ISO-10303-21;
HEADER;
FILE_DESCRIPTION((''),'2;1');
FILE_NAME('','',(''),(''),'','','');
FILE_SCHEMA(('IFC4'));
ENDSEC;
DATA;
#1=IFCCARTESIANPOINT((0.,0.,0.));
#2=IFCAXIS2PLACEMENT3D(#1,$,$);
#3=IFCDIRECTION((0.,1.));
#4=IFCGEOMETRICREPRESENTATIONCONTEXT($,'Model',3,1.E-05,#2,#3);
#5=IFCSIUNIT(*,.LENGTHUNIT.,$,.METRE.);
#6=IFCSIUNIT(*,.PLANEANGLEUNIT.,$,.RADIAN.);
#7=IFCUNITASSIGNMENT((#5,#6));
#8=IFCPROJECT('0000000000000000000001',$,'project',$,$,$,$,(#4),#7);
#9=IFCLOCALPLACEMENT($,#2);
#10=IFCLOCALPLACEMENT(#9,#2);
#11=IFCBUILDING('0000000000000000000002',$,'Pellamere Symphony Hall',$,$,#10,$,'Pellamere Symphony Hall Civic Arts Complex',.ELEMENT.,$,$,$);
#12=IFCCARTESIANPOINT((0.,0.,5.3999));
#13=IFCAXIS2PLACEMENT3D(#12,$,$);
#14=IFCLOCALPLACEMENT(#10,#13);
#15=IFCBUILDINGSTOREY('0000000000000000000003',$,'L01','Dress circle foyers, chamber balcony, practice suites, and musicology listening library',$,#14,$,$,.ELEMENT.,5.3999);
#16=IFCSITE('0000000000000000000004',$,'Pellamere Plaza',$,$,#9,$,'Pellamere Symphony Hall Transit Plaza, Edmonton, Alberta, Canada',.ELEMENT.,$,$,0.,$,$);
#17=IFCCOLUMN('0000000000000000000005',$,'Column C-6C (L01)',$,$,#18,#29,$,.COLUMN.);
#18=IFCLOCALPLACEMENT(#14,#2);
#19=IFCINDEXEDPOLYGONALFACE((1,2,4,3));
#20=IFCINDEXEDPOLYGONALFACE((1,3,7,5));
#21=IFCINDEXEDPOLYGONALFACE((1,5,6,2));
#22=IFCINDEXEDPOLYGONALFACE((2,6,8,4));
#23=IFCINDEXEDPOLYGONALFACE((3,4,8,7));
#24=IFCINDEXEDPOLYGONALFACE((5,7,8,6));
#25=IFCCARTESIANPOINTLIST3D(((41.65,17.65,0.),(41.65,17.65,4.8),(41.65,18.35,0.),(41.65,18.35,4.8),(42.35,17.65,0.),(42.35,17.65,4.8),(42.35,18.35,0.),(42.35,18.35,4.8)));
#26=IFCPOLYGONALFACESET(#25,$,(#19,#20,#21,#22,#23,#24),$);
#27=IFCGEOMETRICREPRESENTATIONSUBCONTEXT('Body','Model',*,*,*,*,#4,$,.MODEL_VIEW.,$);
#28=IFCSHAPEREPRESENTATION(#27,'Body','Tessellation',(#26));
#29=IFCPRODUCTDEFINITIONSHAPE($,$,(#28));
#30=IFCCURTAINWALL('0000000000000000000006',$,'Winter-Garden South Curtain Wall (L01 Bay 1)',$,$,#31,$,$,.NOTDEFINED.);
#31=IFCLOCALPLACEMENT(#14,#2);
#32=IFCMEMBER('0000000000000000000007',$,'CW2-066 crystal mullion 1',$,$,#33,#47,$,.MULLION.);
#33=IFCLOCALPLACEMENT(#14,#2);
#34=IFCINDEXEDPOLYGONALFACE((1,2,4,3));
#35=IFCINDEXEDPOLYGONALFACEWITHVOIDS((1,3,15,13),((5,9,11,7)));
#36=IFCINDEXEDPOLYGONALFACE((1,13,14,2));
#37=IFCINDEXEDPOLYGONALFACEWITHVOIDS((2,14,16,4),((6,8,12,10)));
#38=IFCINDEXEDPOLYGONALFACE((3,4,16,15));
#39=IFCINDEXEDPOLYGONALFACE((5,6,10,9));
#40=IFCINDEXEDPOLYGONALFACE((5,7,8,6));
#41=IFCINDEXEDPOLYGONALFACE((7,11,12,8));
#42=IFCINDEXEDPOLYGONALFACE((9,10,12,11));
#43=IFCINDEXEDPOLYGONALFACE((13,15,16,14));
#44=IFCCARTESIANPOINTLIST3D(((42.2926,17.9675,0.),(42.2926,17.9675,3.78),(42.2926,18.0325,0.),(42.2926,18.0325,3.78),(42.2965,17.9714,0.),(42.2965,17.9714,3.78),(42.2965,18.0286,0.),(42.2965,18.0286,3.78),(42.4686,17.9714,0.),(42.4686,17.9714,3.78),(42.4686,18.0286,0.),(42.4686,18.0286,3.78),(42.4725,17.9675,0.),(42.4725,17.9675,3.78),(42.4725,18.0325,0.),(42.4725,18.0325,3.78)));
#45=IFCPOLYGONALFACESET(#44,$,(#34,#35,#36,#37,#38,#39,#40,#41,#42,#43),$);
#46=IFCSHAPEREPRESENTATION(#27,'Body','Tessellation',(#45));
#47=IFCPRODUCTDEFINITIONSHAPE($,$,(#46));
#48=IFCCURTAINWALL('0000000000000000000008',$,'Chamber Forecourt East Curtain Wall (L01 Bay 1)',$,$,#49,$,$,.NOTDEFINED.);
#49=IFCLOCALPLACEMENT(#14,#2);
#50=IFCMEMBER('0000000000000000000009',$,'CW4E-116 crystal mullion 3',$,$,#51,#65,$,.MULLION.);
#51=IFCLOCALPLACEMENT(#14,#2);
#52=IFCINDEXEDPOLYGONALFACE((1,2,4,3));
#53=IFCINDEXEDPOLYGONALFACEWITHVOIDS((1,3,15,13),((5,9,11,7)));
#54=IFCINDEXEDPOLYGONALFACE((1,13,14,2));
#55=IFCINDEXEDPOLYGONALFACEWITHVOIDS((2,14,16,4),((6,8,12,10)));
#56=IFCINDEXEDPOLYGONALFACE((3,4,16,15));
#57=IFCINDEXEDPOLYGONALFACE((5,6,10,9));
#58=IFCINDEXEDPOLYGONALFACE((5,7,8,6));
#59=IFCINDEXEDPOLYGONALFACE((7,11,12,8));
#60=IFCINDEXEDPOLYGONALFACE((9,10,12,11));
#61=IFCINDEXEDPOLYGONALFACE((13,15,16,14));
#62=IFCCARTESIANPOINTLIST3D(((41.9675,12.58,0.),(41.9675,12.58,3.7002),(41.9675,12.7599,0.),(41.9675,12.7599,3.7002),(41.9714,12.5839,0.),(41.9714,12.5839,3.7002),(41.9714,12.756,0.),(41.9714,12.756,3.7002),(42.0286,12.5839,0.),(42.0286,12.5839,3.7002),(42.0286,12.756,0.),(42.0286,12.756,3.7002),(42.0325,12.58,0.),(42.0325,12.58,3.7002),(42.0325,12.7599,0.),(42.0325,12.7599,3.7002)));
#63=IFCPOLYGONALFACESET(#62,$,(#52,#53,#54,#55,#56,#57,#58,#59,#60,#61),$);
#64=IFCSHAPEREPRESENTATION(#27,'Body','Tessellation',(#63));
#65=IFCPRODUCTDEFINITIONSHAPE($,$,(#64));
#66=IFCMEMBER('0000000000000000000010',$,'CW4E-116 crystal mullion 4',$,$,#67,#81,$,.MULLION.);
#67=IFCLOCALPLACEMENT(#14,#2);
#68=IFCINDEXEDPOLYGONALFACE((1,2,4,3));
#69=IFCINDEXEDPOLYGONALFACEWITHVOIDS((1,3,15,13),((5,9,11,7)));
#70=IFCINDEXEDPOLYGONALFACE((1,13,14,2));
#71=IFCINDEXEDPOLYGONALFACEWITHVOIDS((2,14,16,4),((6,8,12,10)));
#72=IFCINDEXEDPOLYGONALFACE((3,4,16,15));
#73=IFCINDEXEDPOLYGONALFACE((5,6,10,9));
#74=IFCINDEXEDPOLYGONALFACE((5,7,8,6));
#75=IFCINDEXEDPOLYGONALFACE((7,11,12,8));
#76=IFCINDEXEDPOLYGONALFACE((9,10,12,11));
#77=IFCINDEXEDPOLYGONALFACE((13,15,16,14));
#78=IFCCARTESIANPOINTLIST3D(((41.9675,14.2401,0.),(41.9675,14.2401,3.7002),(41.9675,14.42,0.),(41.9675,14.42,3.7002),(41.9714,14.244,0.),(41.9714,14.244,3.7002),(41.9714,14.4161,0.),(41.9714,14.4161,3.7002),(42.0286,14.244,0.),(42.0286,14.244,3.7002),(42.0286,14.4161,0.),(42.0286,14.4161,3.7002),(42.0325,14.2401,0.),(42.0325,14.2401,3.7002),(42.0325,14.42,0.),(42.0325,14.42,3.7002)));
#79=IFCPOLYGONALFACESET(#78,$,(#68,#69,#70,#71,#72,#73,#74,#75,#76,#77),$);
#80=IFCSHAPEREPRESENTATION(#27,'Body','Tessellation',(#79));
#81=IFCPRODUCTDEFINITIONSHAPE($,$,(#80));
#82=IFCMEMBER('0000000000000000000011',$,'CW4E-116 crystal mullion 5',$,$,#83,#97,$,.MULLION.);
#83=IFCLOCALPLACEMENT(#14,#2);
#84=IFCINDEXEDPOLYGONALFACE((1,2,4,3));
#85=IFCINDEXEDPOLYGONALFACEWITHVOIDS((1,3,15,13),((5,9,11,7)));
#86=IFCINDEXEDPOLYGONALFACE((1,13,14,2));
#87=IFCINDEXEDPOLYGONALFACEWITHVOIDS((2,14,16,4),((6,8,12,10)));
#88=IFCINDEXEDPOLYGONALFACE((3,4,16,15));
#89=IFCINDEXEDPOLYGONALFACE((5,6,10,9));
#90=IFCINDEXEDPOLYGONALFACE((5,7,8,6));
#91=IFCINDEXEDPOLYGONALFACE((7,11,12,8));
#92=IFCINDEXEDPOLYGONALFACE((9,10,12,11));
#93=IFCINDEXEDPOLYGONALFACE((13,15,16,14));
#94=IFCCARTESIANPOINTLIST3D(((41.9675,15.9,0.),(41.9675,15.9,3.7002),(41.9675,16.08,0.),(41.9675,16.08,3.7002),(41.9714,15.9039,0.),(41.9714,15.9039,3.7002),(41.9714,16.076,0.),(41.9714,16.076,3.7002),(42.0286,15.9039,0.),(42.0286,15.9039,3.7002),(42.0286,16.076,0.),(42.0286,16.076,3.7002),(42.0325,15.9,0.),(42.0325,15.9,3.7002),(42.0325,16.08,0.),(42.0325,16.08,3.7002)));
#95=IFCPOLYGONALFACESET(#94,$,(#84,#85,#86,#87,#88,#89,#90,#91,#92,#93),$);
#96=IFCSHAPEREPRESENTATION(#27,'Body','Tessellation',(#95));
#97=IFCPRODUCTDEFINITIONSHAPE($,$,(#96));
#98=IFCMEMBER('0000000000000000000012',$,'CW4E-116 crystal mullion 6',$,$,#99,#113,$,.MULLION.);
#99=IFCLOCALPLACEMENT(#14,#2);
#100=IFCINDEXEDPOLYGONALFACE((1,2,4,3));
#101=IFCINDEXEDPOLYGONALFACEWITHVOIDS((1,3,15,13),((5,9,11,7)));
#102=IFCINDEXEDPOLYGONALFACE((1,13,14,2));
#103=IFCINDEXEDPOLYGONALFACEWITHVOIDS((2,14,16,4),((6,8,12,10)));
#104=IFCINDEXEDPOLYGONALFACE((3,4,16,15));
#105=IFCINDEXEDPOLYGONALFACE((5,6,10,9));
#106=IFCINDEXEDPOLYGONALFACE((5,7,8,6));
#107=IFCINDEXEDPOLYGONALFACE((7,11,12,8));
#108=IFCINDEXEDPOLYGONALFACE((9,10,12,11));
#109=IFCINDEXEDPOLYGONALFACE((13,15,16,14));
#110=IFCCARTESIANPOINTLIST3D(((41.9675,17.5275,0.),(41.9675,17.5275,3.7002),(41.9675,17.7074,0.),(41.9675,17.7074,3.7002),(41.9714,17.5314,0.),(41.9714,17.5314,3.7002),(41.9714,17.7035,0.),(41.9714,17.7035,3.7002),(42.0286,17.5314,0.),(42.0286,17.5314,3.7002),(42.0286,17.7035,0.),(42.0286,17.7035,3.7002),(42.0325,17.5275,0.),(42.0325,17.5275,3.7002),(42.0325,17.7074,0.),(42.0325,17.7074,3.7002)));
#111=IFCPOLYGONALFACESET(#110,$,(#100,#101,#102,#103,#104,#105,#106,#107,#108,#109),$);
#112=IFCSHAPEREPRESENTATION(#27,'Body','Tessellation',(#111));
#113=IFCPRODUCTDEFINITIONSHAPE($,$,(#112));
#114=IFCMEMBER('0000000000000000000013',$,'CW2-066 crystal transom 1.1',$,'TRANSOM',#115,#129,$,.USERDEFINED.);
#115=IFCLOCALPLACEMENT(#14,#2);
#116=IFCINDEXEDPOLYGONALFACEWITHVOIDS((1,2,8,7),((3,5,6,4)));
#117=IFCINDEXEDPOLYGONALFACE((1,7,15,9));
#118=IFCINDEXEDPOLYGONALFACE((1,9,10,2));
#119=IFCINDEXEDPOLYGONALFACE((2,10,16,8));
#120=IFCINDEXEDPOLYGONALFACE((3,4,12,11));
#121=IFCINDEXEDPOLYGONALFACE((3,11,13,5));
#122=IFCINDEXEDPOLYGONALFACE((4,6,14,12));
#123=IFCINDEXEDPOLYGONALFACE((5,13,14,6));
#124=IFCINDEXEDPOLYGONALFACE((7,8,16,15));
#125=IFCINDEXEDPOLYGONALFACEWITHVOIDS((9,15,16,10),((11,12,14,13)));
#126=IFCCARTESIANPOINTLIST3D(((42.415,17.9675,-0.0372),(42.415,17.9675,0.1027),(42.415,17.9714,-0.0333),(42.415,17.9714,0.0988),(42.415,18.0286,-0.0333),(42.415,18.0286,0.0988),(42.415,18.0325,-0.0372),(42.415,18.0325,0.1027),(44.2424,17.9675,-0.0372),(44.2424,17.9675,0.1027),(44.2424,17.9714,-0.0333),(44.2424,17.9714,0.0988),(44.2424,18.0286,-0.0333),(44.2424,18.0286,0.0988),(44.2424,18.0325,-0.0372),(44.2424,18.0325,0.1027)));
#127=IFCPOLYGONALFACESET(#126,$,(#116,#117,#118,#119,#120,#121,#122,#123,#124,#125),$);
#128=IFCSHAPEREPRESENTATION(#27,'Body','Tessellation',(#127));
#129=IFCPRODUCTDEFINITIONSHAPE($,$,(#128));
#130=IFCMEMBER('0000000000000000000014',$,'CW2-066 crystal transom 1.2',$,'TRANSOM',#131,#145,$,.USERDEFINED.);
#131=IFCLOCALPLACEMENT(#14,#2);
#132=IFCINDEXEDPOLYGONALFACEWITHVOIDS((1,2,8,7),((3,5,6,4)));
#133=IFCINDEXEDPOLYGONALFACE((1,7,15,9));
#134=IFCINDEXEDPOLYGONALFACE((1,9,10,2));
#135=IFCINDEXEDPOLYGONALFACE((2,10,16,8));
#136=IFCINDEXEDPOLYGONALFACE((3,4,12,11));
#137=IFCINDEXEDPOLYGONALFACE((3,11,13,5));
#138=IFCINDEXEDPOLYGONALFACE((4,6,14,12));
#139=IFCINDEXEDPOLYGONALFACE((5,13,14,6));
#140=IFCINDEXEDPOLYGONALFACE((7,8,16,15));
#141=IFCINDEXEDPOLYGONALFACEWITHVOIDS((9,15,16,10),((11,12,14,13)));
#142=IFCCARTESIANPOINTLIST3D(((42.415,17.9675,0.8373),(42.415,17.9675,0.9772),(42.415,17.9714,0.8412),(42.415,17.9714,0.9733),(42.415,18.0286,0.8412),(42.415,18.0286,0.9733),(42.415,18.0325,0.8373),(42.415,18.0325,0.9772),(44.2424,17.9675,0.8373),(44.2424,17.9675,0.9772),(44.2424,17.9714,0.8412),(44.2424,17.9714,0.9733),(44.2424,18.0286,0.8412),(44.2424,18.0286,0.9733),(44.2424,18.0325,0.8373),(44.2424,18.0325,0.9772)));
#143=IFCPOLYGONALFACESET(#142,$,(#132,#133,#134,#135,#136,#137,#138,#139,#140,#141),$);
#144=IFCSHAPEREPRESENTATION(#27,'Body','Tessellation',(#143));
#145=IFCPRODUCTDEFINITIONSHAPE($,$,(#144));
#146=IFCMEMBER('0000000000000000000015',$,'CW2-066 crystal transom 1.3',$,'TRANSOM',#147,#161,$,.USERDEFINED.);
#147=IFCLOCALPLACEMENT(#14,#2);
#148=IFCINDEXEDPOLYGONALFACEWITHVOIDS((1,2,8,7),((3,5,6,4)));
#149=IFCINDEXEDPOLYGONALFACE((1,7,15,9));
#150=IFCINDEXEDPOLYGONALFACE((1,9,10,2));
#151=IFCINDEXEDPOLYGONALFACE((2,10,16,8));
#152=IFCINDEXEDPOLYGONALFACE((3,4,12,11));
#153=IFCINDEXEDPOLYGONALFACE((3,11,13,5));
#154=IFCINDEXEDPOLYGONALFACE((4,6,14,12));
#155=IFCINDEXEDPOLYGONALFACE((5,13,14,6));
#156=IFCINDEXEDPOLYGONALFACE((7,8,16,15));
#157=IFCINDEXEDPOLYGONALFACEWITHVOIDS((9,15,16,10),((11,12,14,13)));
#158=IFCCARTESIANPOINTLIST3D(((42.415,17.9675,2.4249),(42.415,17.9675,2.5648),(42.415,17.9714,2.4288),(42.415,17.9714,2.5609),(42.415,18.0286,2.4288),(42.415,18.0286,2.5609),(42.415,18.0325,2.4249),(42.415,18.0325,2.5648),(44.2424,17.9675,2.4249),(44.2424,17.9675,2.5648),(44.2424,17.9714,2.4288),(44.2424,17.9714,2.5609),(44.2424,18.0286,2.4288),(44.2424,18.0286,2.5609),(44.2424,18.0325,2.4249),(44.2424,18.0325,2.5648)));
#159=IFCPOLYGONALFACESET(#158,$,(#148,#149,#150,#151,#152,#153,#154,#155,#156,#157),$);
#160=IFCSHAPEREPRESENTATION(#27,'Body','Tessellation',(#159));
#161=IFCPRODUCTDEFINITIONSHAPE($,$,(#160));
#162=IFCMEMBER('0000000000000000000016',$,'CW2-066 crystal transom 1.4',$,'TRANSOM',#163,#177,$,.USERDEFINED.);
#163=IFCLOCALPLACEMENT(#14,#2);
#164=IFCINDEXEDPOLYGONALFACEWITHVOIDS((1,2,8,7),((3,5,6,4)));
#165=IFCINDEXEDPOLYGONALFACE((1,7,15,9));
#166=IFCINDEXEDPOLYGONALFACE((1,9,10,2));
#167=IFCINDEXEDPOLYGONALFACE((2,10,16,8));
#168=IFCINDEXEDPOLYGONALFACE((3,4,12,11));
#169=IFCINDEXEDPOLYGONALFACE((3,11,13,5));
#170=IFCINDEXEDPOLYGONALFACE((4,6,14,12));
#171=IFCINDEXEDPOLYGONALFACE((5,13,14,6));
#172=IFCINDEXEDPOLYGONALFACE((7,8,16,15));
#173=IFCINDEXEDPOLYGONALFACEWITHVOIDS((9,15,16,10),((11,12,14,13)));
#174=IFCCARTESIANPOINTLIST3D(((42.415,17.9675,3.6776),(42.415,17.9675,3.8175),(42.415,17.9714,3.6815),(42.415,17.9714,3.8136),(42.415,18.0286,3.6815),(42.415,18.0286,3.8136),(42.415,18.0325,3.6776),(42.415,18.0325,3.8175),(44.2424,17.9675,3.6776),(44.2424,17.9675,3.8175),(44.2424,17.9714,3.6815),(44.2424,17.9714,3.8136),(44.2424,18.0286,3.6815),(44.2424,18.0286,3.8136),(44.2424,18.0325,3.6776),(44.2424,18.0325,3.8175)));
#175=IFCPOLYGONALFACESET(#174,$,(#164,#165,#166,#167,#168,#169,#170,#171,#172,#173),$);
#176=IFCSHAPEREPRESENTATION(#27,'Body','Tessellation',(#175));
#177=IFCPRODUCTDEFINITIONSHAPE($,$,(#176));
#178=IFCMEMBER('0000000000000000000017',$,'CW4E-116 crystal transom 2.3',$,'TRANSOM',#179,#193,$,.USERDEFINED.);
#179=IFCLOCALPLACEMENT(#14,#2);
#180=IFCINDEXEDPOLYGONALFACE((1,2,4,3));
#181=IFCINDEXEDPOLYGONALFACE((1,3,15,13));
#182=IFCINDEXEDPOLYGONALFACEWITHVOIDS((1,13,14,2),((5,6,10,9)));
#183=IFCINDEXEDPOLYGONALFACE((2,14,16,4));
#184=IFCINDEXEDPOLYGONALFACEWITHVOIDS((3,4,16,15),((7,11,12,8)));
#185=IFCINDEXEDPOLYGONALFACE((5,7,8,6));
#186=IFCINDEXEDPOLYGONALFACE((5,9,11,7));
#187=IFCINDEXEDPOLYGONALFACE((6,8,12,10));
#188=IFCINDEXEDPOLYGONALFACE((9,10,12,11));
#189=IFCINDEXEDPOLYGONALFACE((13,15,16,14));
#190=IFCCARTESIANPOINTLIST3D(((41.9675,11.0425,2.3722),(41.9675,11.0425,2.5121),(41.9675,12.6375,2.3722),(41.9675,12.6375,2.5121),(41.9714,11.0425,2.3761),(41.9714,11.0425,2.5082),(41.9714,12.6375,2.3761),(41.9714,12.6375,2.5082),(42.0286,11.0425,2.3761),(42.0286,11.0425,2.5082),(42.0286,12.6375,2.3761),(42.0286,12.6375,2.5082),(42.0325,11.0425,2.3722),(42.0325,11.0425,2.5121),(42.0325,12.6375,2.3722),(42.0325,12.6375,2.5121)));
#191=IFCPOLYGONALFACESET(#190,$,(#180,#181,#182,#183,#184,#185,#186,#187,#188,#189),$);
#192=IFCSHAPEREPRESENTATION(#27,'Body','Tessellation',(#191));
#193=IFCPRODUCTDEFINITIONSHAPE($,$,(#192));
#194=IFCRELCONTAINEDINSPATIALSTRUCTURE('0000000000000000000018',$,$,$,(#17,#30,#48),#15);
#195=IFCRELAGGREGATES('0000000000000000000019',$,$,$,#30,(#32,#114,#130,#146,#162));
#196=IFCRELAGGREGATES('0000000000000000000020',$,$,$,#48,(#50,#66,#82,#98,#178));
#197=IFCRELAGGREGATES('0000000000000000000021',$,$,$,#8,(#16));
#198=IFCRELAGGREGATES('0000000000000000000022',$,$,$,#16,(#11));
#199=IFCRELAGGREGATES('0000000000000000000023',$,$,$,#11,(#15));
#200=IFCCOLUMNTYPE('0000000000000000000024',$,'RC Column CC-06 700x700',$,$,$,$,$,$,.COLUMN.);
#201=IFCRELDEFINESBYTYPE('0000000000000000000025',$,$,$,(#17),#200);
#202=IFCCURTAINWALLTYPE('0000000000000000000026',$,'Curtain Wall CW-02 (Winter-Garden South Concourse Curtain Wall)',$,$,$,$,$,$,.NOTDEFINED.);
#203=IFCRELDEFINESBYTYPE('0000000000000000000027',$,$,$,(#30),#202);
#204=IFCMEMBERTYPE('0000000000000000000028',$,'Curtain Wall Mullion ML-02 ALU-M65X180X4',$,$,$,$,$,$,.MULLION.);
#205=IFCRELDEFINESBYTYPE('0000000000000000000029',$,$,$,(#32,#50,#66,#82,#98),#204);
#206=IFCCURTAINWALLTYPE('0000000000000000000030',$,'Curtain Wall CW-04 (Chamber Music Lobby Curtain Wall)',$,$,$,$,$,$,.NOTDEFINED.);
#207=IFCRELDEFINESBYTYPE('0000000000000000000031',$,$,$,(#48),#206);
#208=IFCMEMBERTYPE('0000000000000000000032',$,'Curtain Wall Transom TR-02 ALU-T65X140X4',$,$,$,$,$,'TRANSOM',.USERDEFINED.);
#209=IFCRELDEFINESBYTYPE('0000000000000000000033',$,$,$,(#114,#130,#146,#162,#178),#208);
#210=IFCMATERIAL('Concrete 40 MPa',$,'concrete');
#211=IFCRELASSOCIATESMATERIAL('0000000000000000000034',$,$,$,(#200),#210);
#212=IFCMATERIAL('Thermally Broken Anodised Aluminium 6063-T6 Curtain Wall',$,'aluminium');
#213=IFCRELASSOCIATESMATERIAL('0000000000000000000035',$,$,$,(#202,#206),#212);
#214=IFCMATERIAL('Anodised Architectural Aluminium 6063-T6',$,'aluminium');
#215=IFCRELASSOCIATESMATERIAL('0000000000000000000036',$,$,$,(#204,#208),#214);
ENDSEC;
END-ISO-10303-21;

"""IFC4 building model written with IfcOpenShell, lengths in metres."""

from ifc_helpers import new_model, si_unit, direction, frame, origin, origin_2d, place, context, subcontext, project, spatial, rectangle, hollow_rectangle, extrude, material, material_profile, profile_set, type_object, element, aggregate, save


model = new_model("IFC4")

# Units and contexts
model_context = context("Model", 3, precision=1e-05, world=origin(), true_north=direction((0.0, 1.0)))
body_context = subcontext(model_context, "Body", "Model", "MODEL_VIEW")
ifc_project = project(units=[si_unit("LENGTHUNIT", "METRE"), si_unit("PLANEANGLEUNIT", "RADIAN")], contexts=[model_context])

# Site, building, storey
site_placement = place(None, origin())
site = spatial("IfcSite", under=ifc_project, at=site_placement, Name="Pellamere Plaza", LongName="Pellamere Symphony Hall Transit Plaza, Edmonton, Alberta, Canada", CompositionType="ELEMENT", RefElevation=0.0)
building_placement = place(site_placement, origin())
building = spatial("IfcBuilding", under=site, at=building_placement, Name="Pellamere Symphony Hall", LongName="Pellamere Symphony Hall Civic Arts Complex", CompositionType="ELEMENT")
storey_placement = place(building_placement, frame((0.0, 0.0, 5.3999)))
storey = spatial("IfcBuildingStorey", under=building, at=storey_placement, Name="L01", Description="Dress circle foyers, chamber balcony, practice suites, and musicology listening library", CompositionType="ELEMENT", Elevation=5.3999)

# Column
ifc_material_1 = material(Name="Concrete 40 MPa", Category="concrete")
ifc_material_profile_1 = material_profile(ifc_material_1, rectangle(XDim=0.7, YDim=0.7, at=origin_2d()), Name="RC 700x700")
ifc_profile_set_1 = profile_set([ifc_material_profile_1], Name="Concrete 40 MPa")
column_type = type_object("IfcColumnType", Name="RC Column CC-06 700x700", PredefinedType="COLUMN", material=ifc_profile_set_1)
column_placement = place(storey_placement, frame((42.0, 18.0, 0.0), z_axis=(0.0, 0.0, 1.0), x_axis=(1.0, 0.0, 0.0)))
element("IfcColumn", 1, at=column_placement, inside=storey, type_object=column_type, Name="Column C-6C (L01)", PredefinedType="COLUMN", context=body_context, shape_type="SweptSolid", body=[
    extrude(rectangle(XDim=0.7, YDim=0.7, at=origin_2d()), origin(), (0.0, 0.0, 1.0), 4.8),
])

# Curtain wall, member
ifc_material_2 = material(Name="Thermally Broken Anodised Aluminium 6063-T6 Curtain Wall", Category="aluminium")
curtain_wall_type_1 = type_object("IfcCurtainWallType", Name="Curtain Wall CW-02 (Winter-Garden South Concourse Curtain Wall)", PredefinedType="NOTDEFINED", material=ifc_material_2)
curtain_wall_1_placement = place(storey_placement, origin())
curtain_wall_1 = element("IfcCurtainWall", 2, at=curtain_wall_1_placement, inside=storey, type_object=curtain_wall_type_1, Name="Winter-Garden South Curtain Wall (L01 Bay 1)", PredefinedType="NOTDEFINED")
ifc_material_3 = material(Name="Anodised Architectural Aluminium 6063-T6", Category="aluminium")
ifc_material_profile_2 = material_profile(ifc_material_3, hollow_rectangle(XDim=0.0649, YDim=0.1799, WallThickness=0.0039, at=origin_2d()), Name="ALU-M65X180X4")
ifc_profile_set_2 = profile_set([ifc_material_profile_2], Name="Anodised Architectural Aluminium 6063-T6")
member_type_1 = type_object("IfcMemberType", Name="Curtain Wall Mullion ML-02 ALU-M65X180X4", PredefinedType="MULLION", material=ifc_profile_set_2)
member_1_placement = place(storey_placement, frame((42.3826, 18.0, 0.0), z_axis=(0.0, 0.0, 1.0), x_axis=(0.0, 1.0, 0.0)))
member_1 = element("IfcMember", 3, at=member_1_placement, type_object=member_type_1, Name="CW2-066 crystal mullion 1", PredefinedType="MULLION", context=body_context, shape_type="SweptSolid", body=[
    extrude(hollow_rectangle(XDim=0.0649, YDim=0.1799, WallThickness=0.0039, at=origin_2d()), origin(), (0.0, 0.0, 1.0), 3.78),
])

# Curtain wall, members
curtain_wall_type_2 = type_object("IfcCurtainWallType", Name="Curtain Wall CW-04 (Chamber Music Lobby Curtain Wall)", PredefinedType="NOTDEFINED", material=ifc_material_2)
curtain_wall_2_placement = place(storey_placement, origin())
curtain_wall_2 = element("IfcCurtainWall", 4, at=curtain_wall_2_placement, inside=storey, type_object=curtain_wall_type_2, Name="Chamber Forecourt East Curtain Wall (L01 Bay 1)", PredefinedType="NOTDEFINED")
member_2_placement = place(storey_placement, frame((42.0, 12.6699, 0.0), z_axis=(0.0, 0.0, 1.0), x_axis=(-1.0, 0.0, 0.0)))
member_2 = element("IfcMember", 5, at=member_2_placement, type_object=member_type_1, Name="CW4E-116 crystal mullion 3", PredefinedType="MULLION", context=body_context, shape_type="SweptSolid", body=[
    extrude(hollow_rectangle(XDim=0.0649, YDim=0.1799, WallThickness=0.0039, at=origin_2d()), origin(), (0.0, 0.0, 1.0), 3.7002),
])
member_3_placement = place(storey_placement, frame((42.0, 14.3301, 0.0), z_axis=(0.0, 0.0, 1.0), x_axis=(-1.0, 0.0, 0.0)))
member_3 = element("IfcMember", 6, at=member_3_placement, type_object=member_type_1, Name="CW4E-116 crystal mullion 4", PredefinedType="MULLION", context=body_context, shape_type="SweptSolid", body=[
    extrude(hollow_rectangle(XDim=0.0649, YDim=0.1799, WallThickness=0.0039, at=origin_2d()), origin(), (0.0, 0.0, 1.0), 3.7002),
])
member_4_placement = place(storey_placement, frame((42.0, 15.99, 0.0), z_axis=(0.0, 0.0, 1.0), x_axis=(-1.0, 0.0, 0.0)))
member_4 = element("IfcMember", 7, at=member_4_placement, type_object=member_type_1, Name="CW4E-116 crystal mullion 5", PredefinedType="MULLION", context=body_context, shape_type="SweptSolid", body=[
    extrude(hollow_rectangle(XDim=0.0649, YDim=0.1799, WallThickness=0.0039, at=origin_2d()), origin(), (0.0, 0.0, 1.0), 3.7002),
])
member_5_placement = place(storey_placement, frame((42.0, 17.6174, 0.0), z_axis=(0.0, 0.0, 1.0), x_axis=(-1.0, 0.0, 0.0)))
member_5 = element("IfcMember", 8, at=member_5_placement, type_object=member_type_1, Name="CW4E-116 crystal mullion 6", PredefinedType="MULLION", context=body_context, shape_type="SweptSolid", body=[
    extrude(hollow_rectangle(XDim=0.0649, YDim=0.1799, WallThickness=0.0039, at=origin_2d()), origin(), (0.0, 0.0, 1.0), 3.7002),
])

# Members
ifc_material_profile_3 = material_profile(ifc_material_3, hollow_rectangle(XDim=0.0649, YDim=0.1399, WallThickness=0.0039, at=origin_2d()), Name="ALU-T65X140X4")
ifc_profile_set_3 = profile_set([ifc_material_profile_3], Name="Anodised Architectural Aluminium 6063-T6")
member_type_2 = type_object("IfcMemberType", Name="Curtain Wall Transom TR-02 ALU-T65X140X4", ElementType="TRANSOM", PredefinedType="USERDEFINED", material=ifc_profile_set_3)
member_6_placement = place(storey_placement, frame((42.415, 18.0, 0.0327), z_axis=(1.0, 0.0, 0.0), x_axis=(0.0, 1.0, 0.0)))
member_6 = element("IfcMember", 9, at=member_6_placement, type_object=member_type_2, Name="CW2-066 crystal transom 1.1", ObjectType="TRANSOM", PredefinedType="USERDEFINED", context=body_context, shape_type="SweptSolid", body=[
    extrude(hollow_rectangle(XDim=0.0649, YDim=0.1399, WallThickness=0.0039, at=origin_2d()), origin(), (0.0, 0.0, 1.0), 1.8274),
])
member_7_placement = place(storey_placement, frame((42.415, 18.0, 0.9072), z_axis=(1.0, 0.0, 0.0), x_axis=(0.0, 1.0, 0.0)))
member_7 = element("IfcMember", 10, at=member_7_placement, type_object=member_type_2, Name="CW2-066 crystal transom 1.2", ObjectType="TRANSOM", PredefinedType="USERDEFINED", context=body_context, shape_type="SweptSolid", body=[
    extrude(hollow_rectangle(XDim=0.0649, YDim=0.1399, WallThickness=0.0039, at=origin_2d()), origin(), (0.0, 0.0, 1.0), 1.8274),
])
member_8_placement = place(storey_placement, frame((42.415, 18.0, 2.4949), z_axis=(1.0, 0.0, 0.0), x_axis=(0.0, 1.0, 0.0)))
member_8 = element("IfcMember", 11, at=member_8_placement, type_object=member_type_2, Name="CW2-066 crystal transom 1.3", ObjectType="TRANSOM", PredefinedType="USERDEFINED", context=body_context, shape_type="SweptSolid", body=[
    extrude(hollow_rectangle(XDim=0.0649, YDim=0.1399, WallThickness=0.0039, at=origin_2d()), origin(), (0.0, 0.0, 1.0), 1.8274),
])
member_9_placement = place(storey_placement, frame((42.415, 18.0, 3.7476), z_axis=(1.0, 0.0, 0.0), x_axis=(0.0, 1.0, 0.0)))
member_9 = element("IfcMember", 12, at=member_9_placement, type_object=member_type_2, Name="CW2-066 crystal transom 1.4", ObjectType="TRANSOM", PredefinedType="USERDEFINED", context=body_context, shape_type="SweptSolid", body=[
    extrude(hollow_rectangle(XDim=0.0649, YDim=0.1399, WallThickness=0.0039, at=origin_2d()), origin(), (0.0, 0.0, 1.0), 1.8274),
])
member_10_placement = place(storey_placement, frame((42.0, 11.0425, 2.4421), z_axis=(0.0, 1.0, 0.0), x_axis=(-1.0, 0.0, 0.0)))
member_10 = element("IfcMember", 13, at=member_10_placement, type_object=member_type_2, Name="CW4E-116 crystal transom 2.3", ObjectType="TRANSOM", PredefinedType="USERDEFINED", context=body_context, shape_type="SweptSolid", body=[
    extrude(hollow_rectangle(XDim=0.0649, YDim=0.1399, WallThickness=0.0039, at=origin_2d()), origin(), (0.0, 0.0, 1.0), 1.595),
])

aggregate(curtain_wall_1, [member_1, member_6, member_7, member_8, member_9])
aggregate(curtain_wall_2, [member_2, member_3, member_4, member_5, member_10])

save(model, "model.ifc")
